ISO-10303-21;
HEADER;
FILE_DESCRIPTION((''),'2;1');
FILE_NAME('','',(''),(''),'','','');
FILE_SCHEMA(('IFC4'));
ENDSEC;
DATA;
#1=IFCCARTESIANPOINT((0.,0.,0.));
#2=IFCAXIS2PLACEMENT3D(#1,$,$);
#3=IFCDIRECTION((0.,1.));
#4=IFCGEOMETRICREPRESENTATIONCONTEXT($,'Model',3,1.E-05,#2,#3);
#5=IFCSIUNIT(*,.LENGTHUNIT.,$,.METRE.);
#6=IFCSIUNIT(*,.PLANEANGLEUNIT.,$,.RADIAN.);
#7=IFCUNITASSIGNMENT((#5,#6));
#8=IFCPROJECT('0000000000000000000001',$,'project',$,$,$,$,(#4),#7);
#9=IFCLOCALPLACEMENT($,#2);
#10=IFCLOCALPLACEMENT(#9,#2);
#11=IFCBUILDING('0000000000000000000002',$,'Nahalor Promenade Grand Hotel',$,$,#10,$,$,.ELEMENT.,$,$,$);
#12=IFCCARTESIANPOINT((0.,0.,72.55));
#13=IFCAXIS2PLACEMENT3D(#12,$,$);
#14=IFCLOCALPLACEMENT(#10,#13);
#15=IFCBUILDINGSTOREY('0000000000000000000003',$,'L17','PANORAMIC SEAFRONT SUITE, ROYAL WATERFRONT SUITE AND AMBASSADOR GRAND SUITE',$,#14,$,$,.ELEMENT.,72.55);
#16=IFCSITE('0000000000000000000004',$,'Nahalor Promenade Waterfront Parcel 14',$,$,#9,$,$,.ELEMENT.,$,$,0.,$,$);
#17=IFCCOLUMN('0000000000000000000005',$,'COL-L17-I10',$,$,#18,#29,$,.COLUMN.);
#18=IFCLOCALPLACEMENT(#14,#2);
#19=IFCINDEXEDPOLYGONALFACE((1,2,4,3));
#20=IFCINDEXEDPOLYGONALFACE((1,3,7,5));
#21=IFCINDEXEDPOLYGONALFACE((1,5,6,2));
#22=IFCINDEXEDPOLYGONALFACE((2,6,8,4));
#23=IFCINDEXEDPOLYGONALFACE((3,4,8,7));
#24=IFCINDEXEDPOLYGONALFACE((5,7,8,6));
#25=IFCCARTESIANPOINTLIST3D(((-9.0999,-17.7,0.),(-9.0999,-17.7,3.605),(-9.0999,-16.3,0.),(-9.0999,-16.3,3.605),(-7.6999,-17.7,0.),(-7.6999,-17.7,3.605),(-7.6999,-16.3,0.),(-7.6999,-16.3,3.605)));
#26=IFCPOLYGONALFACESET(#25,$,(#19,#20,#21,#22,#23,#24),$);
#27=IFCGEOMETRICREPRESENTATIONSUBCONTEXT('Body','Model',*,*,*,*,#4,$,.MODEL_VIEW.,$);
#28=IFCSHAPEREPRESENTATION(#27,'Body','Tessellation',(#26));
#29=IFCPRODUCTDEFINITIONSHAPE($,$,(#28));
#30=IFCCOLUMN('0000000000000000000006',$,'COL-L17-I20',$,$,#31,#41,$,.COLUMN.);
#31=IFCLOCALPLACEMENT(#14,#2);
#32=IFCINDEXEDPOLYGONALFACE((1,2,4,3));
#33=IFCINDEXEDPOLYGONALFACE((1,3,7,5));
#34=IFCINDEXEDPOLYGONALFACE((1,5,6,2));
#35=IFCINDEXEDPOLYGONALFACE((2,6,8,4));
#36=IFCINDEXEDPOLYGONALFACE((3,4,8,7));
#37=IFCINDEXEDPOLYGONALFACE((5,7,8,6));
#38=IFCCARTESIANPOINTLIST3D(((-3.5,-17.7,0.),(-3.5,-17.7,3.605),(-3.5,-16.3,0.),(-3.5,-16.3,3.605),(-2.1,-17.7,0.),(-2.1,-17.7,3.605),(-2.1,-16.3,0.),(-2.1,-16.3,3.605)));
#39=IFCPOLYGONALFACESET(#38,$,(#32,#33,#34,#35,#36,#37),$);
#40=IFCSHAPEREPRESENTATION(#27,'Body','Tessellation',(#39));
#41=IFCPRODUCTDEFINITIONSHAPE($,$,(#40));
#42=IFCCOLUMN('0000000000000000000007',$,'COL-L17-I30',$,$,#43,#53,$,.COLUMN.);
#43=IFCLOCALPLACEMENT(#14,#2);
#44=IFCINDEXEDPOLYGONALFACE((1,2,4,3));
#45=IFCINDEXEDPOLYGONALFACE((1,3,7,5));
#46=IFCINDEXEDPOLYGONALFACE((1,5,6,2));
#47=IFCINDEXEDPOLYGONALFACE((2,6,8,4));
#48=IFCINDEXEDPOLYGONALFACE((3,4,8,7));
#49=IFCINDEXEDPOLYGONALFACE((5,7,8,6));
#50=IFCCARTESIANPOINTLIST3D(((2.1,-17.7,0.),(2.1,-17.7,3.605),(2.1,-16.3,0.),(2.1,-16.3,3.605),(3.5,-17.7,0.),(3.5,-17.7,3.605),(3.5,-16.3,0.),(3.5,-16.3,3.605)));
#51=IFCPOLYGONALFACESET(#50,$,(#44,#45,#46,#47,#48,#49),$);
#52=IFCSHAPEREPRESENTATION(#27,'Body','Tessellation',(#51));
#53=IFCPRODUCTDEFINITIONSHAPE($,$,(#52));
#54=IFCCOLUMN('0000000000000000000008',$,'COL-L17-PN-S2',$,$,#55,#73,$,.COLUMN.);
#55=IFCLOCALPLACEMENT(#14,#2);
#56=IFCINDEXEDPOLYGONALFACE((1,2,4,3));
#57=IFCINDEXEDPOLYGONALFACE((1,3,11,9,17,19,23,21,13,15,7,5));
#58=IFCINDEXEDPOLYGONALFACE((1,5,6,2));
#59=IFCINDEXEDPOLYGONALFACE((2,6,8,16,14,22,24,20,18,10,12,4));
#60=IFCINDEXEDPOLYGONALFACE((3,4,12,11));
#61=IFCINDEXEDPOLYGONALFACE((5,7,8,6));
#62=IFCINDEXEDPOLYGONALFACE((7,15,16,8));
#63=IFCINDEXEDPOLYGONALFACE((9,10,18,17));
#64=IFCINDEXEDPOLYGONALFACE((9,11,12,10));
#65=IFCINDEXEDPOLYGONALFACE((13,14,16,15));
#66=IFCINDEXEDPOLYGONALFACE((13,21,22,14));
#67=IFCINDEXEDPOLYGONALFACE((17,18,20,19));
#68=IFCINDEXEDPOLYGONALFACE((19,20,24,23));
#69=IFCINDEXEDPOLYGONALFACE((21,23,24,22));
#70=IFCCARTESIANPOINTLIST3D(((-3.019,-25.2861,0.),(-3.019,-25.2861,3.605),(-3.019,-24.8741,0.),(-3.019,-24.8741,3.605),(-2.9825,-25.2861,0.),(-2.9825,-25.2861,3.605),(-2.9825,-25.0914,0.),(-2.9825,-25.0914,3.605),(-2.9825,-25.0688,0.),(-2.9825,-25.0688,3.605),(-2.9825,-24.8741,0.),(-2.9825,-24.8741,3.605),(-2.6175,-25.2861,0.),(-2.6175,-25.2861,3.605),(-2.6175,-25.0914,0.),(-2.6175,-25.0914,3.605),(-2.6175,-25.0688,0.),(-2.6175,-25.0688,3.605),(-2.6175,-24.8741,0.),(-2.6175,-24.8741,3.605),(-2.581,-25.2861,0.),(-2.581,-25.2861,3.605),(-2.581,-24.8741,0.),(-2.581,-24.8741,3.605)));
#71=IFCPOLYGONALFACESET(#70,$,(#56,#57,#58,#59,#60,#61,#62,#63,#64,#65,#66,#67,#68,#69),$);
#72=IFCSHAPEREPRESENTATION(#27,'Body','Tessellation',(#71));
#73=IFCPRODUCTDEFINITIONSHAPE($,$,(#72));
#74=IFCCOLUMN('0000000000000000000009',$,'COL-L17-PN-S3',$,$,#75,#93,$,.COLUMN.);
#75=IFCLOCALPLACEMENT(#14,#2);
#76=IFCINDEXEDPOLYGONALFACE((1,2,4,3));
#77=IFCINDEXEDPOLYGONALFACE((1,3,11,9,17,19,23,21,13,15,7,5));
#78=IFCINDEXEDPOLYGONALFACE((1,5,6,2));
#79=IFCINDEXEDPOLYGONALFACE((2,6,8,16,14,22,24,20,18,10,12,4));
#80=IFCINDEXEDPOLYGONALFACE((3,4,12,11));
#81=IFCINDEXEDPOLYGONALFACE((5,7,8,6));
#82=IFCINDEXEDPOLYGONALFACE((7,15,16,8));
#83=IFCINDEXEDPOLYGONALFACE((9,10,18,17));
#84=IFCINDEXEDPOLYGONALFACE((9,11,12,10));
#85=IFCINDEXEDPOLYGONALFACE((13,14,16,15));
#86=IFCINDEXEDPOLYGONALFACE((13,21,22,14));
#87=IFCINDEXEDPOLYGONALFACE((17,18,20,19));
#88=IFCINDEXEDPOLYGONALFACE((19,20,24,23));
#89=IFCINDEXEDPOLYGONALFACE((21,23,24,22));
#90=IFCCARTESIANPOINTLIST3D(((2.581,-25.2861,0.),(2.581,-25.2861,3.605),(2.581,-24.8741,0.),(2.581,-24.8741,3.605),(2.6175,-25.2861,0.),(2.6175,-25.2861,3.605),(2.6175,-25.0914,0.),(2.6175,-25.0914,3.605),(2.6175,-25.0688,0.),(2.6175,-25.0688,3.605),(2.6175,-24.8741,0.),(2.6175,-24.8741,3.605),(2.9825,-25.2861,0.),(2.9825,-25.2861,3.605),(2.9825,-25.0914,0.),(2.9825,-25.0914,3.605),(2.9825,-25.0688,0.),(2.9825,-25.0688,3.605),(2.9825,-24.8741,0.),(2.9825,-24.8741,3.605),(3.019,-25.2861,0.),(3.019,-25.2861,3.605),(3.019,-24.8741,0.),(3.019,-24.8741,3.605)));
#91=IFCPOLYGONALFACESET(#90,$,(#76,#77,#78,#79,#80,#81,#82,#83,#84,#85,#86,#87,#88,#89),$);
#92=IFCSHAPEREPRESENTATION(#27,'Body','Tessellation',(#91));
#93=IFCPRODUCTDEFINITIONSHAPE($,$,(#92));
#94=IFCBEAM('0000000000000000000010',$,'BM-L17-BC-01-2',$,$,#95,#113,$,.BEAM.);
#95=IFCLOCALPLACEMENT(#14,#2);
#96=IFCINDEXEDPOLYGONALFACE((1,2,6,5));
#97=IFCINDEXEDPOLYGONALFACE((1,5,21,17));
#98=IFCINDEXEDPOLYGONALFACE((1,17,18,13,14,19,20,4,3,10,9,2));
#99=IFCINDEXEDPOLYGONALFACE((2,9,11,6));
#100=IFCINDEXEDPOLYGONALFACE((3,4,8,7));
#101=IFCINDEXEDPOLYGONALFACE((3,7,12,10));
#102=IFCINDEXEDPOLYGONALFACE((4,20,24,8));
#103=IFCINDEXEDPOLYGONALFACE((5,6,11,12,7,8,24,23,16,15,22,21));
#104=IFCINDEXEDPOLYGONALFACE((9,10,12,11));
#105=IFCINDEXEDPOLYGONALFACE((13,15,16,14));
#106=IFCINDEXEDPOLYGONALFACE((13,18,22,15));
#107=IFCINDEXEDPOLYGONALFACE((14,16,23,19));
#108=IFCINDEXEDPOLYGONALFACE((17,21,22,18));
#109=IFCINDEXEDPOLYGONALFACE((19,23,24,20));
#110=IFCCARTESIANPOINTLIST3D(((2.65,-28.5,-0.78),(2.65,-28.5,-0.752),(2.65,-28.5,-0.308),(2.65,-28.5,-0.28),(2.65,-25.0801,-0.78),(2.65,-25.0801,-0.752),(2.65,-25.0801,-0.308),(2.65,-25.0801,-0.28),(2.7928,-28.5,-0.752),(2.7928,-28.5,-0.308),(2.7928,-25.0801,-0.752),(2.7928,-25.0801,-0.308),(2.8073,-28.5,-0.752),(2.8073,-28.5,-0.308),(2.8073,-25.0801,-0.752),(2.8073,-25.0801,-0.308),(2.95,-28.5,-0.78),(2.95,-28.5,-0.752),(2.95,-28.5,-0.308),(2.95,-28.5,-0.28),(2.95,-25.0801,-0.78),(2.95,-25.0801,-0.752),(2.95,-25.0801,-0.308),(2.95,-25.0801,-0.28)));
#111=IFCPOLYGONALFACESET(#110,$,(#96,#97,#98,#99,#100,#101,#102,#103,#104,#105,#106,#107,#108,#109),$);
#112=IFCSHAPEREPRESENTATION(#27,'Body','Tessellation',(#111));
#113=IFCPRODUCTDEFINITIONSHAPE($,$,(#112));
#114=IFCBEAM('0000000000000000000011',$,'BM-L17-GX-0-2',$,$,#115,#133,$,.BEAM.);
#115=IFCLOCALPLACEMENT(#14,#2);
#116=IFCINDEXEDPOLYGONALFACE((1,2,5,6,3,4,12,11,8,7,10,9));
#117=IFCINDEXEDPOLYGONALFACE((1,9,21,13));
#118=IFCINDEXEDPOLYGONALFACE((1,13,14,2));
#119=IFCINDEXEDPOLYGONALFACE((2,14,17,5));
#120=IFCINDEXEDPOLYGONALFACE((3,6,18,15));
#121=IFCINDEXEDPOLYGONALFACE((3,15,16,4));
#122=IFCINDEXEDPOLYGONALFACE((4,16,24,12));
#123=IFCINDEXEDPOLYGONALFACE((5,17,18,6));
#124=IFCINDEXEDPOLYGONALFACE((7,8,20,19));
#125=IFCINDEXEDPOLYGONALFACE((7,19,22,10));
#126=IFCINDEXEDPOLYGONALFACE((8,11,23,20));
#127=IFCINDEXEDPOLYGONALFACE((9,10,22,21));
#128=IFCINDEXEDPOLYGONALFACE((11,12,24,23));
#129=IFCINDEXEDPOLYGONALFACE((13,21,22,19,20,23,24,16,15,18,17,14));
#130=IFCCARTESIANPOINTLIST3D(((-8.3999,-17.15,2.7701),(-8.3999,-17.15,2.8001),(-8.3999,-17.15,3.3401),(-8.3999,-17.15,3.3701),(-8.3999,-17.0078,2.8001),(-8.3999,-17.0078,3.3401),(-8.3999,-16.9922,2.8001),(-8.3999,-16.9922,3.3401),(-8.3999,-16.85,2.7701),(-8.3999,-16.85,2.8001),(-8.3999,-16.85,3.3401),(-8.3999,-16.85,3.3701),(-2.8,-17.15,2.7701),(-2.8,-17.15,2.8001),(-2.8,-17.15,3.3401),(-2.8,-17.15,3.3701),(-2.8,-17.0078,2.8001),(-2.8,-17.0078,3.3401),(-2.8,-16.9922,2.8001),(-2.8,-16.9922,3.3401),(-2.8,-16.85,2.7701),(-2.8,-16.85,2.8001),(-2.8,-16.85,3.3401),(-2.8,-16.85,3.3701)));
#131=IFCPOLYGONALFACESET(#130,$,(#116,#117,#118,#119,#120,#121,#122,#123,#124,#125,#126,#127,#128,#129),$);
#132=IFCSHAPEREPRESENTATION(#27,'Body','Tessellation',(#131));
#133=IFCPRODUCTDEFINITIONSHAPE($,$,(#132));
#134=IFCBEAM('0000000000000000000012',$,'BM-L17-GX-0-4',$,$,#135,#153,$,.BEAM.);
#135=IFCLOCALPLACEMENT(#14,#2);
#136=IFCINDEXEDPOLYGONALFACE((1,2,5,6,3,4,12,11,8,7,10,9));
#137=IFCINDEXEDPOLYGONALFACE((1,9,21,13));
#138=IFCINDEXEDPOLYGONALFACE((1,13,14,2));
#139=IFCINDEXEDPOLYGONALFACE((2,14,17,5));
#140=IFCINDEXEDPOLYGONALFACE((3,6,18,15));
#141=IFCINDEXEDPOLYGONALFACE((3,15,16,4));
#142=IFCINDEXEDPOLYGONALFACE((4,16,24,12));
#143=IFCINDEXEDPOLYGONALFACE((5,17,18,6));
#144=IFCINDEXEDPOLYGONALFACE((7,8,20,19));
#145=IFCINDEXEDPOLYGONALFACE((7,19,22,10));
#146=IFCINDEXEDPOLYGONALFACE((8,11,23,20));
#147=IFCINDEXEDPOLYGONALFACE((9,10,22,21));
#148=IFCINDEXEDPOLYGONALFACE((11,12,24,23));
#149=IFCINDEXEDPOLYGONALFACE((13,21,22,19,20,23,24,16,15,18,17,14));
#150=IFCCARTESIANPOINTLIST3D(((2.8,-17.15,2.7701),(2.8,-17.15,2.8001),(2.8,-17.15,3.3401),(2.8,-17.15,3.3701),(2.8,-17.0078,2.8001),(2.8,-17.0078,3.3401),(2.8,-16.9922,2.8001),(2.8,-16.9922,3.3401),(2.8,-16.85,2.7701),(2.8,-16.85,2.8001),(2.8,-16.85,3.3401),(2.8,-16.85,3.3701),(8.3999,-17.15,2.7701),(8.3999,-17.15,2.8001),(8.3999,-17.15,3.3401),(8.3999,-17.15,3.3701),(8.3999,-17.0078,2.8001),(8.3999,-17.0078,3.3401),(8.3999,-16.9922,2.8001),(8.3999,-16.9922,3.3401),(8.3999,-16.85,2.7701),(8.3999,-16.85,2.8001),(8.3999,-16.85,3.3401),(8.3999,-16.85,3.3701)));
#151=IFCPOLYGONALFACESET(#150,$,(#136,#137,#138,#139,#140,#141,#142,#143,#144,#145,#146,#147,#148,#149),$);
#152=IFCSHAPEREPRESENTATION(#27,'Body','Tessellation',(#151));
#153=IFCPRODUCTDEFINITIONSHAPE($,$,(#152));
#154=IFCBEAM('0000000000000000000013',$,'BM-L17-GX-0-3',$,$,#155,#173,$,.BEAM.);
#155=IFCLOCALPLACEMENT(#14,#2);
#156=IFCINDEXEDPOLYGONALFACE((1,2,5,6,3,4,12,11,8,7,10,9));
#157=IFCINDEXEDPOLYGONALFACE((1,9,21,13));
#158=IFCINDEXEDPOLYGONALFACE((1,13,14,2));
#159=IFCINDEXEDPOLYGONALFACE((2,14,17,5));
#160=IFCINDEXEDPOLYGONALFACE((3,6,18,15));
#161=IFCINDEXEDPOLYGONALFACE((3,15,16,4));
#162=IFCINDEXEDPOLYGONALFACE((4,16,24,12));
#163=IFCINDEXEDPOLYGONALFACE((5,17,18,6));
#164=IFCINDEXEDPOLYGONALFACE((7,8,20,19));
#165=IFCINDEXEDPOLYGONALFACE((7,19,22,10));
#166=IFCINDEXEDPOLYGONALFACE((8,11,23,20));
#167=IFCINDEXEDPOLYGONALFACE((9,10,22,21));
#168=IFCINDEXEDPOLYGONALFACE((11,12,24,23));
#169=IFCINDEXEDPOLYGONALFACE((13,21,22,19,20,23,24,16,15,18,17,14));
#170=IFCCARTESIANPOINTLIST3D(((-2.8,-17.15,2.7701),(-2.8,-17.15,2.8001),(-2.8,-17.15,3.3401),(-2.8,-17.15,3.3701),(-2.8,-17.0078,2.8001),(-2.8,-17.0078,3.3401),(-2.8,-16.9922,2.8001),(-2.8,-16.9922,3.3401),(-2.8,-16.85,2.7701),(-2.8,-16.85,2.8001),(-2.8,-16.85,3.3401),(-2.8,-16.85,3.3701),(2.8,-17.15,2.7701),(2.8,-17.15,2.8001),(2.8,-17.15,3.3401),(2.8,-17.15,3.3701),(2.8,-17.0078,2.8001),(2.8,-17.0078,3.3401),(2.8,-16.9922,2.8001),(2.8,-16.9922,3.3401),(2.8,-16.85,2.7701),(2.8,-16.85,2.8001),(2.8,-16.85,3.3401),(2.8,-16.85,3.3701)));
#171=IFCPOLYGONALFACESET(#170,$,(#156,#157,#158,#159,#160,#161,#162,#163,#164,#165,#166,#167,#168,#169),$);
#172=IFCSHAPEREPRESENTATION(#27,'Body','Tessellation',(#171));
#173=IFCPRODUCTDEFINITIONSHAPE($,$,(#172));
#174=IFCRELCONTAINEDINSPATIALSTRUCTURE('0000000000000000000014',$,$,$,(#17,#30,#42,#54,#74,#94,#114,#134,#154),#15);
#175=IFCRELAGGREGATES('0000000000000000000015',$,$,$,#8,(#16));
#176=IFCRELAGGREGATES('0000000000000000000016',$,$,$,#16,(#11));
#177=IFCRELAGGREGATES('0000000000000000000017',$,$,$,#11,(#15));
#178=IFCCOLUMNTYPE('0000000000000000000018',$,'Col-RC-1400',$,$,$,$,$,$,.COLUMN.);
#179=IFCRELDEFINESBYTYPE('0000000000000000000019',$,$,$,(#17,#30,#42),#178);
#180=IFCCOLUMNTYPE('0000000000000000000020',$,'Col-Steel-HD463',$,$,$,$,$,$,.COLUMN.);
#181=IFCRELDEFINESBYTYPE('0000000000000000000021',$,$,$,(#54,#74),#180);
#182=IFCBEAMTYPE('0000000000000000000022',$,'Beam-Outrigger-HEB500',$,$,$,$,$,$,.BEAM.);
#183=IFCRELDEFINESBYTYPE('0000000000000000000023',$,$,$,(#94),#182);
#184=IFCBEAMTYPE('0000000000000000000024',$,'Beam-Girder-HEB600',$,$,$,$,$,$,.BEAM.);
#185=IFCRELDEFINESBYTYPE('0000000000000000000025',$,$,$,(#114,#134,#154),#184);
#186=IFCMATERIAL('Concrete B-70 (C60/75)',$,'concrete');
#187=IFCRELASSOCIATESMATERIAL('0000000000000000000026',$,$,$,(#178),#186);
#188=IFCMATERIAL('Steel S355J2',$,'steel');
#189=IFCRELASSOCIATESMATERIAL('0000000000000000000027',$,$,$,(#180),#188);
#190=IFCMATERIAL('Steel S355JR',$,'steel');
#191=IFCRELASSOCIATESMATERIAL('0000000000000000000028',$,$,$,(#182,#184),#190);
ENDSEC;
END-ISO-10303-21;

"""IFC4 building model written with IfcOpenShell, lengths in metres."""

from ifc_helpers import new_model, si_unit, direction, frame, origin, origin_2d, place, context, subcontext, project, spatial, rectangle, i_section, extrude, source, transform, mapped, material, material_profile, profile_set, type_object, element, save


model = new_model("IFC4")

# Units and contexts
model_context = context("Model", 3, precision=1e-05, world=origin(), true_north=direction((0.0, 1.0)))
body_context = subcontext(model_context, "Body", "Model", "MODEL_VIEW")
ifc_project = project(units=[si_unit("LENGTHUNIT", "METRE"), si_unit("PLANEANGLEUNIT", "RADIAN")], contexts=[model_context])

# Site, building, storey
site_placement = place(None, origin())
site = spatial("IfcSite", under=ifc_project, at=site_placement, Name="Nahalor Promenade Waterfront Parcel 14", CompositionType="ELEMENT", RefElevation=0.0)
building_placement = place(site_placement, origin())
building = spatial("IfcBuilding", under=site, at=building_placement, Name="Nahalor Promenade Grand Hotel", CompositionType="ELEMENT")
storey_placement = place(building_placement, frame((0.0, 0.0, 72.55)))
storey = spatial("IfcBuildingStorey", under=building, at=storey_placement, Name="L17", Description="PANORAMIC SEAFRONT SUITE, ROYAL WATERFRONT SUITE AND AMBASSADOR GRAND SUITE", CompositionType="ELEMENT", Elevation=72.55)

# Columns
ifc_material_1 = material(Name="Concrete B-70 (C60/75)", Category="concrete")
ifc_material_profile_1 = material_profile(ifc_material_1, rectangle(XDim=1.4, YDim=1.4, at=origin_2d()), Name="RC 1400x1400")
ifc_profile_set_1 = profile_set([ifc_material_profile_1], Name="Concrete B-70 (C60/75)")
column_type_1 = type_object("IfcColumnType", Name="Col-RC-1400", PredefinedType="COLUMN", material=ifc_profile_set_1)
shared_shape_1 = source(origin(), body_context, "Body", "SweptSolid", [
    extrude(rectangle(XDim=1.4, YDim=1.4, at=origin_2d()), origin(), (0.0, 0.0, 1.0), 3.605),
])
for number, where, z_axis, x_axis, name in (
    (1, (-8.3999, -17.0, 0.0), (0.0, 0.0, 1.0), (1.0, 0.0, 0.0), "COL-L17-I10"),
    (2, (-2.8, -17.0, 0.0), (0.0, 0.0, 1.0), (1.0, 0.0, 0.0), "COL-L17-I20"),
    (3, (2.8, -17.0, 0.0), (0.0, 0.0, 1.0), (1.0, 0.0, 0.0), "COL-L17-I30"),
):
    element("IfcColumn", number, at=place(storey_placement, frame(where, z_axis=z_axis, x_axis=x_axis)), inside=storey, type_object=column_type_1, Name=name, PredefinedType="COLUMN", context=body_context, shape_type="MappedRepresentation", body=[
        mapped(shared_shape_1, transform((0.0, 0.0, 0.0), scale=1.0)),
    ])
ifc_material_2 = material(Name="Steel S355J2", Category="steel")
ifc_material_profile_2 = material_profile(ifc_material_2, i_section(OverallWidth=0.412, OverallDepth=0.438, WebThickness=0.0226, FlangeThickness=0.0365, at=origin_2d()), Name="HD 400x463")
ifc_profile_set_2 = profile_set([ifc_material_profile_2], Name="Steel S355J2")
column_type_2 = type_object("IfcColumnType", Name="Col-Steel-HD463", PredefinedType="COLUMN", material=ifc_profile_set_2)
shared_shape_2 = source(origin(), body_context, "Body", "SweptSolid", [
    extrude(i_section(OverallWidth=0.412, OverallDepth=0.438, WebThickness=0.0226, FlangeThickness=0.0365, at=origin_2d()), origin(), (0.0, 0.0, 1.0), 3.605),
])
for number, where, z_axis, x_axis, name in (
    (4, (-2.8, -25.0801, 0.0), (0.0, 0.0, 1.0), (0.0, 1.0, 0.0), "COL-L17-PN-S2"),
    (5, (2.8, -25.0801, 0.0), (0.0, 0.0, 1.0), (0.0, 1.0, 0.0), "COL-L17-PN-S3"),
):
    element("IfcColumn", number, at=place(storey_placement, frame(where, z_axis=z_axis, x_axis=x_axis)), inside=storey, type_object=column_type_2, Name=name, PredefinedType="COLUMN", context=body_context, shape_type="MappedRepresentation", body=[
        mapped(shared_shape_2, transform((0.0, 0.0, 0.0), scale=1.0)),
    ])

# Beams
ifc_material_3 = material(Name="Steel S355JR", Category="steel")
ifc_material_profile_3 = material_profile(ifc_material_3, i_section(OverallWidth=0.3, OverallDepth=0.5, WebThickness=0.0145, FlangeThickness=0.028, at=origin_2d()), Name="HEB 500")
ifc_profile_set_3 = profile_set([ifc_material_profile_3], Name="Steel S355JR")
beam_type_1 = type_object("IfcBeamType", Name="Beam-Outrigger-HEB500", PredefinedType="BEAM", material=ifc_profile_set_3)
shared_shape_3 = source(origin(), body_context, "Body", "SweptSolid", [
    extrude(i_section(OverallWidth=0.3, OverallDepth=0.5, WebThickness=0.0145, FlangeThickness=0.028, at=origin_2d()), origin(), (0.0, 0.0, 1.0), 3.4199),
])
beam_1_placement = place(storey_placement, frame((2.8, -28.5, -0.53), z_axis=(0.0, 1.0, 0.0), x_axis=(-1.0, 0.0, 0.0)))
element("IfcBeam", 6, at=beam_1_placement, inside=storey, type_object=beam_type_1, Name="BM-L17-BC-01-2", PredefinedType="BEAM", context=body_context, shape_type="MappedRepresentation", body=[
    mapped(shared_shape_3, transform((0.0, 0.0, 0.0), scale=1.0)),
])
ifc_material_profile_4 = material_profile(ifc_material_3, i_section(OverallWidth=0.3, OverallDepth=0.6, WebThickness=0.0155, FlangeThickness=0.03, at=origin_2d()), Name="HEB 600")
ifc_profile_set_4 = profile_set([ifc_material_profile_4], Name="Steel S355JR")
beam_type_2 = type_object("IfcBeamType", Name="Beam-Girder-HEB600", PredefinedType="BEAM", material=ifc_profile_set_4)
shared_shape_4 = source(origin(), body_context, "Body", "SweptSolid", [
    extrude(i_section(OverallWidth=0.3, OverallDepth=0.6, WebThickness=0.0155, FlangeThickness=0.03, at=origin_2d()), origin(), (0.0, 0.0, 1.0), 5.5999),
])
for number, where, z_axis, x_axis, name in (
    (7, (-8.3999, -17.0, 3.0701), (1.0, 0.0, 0.0), (0.0, 1.0, 0.0), "BM-L17-GX-0-2"),
    (8, (2.8, -17.0, 3.0701), (1.0, 0.0, 0.0), (0.0, 1.0, 0.0), "BM-L17-GX-0-4"),
):
    element("IfcBeam", number, at=place(storey_placement, frame(where, z_axis=z_axis, x_axis=x_axis)), inside=storey, type_object=beam_type_2, Name=name, PredefinedType="BEAM", context=body_context, shape_type="MappedRepresentation", body=[
        mapped(shared_shape_4, transform((0.0, 0.0, 0.0), scale=1.0)),
    ])
shared_shape_5 = source(origin(), body_context, "Body", "SweptSolid", [
    extrude(i_section(OverallWidth=0.3, OverallDepth=0.6, WebThickness=0.0155, FlangeThickness=0.03, at=origin_2d()), origin(), (0.0, 0.0, 1.0), 5.6001),
])
beam_2_placement = place(storey_placement, frame((-2.8, -17.0, 3.0701), z_axis=(1.0, 0.0, 0.0), x_axis=(0.0, 1.0, 0.0)))
element("IfcBeam", 9, at=beam_2_placement, inside=storey, type_object=beam_type_2, Name="BM-L17-GX-0-3", PredefinedType="BEAM", context=body_context, shape_type="MappedRepresentation", body=[
    mapped(shared_shape_5, transform((0.0, 0.0, 0.0), scale=1.0)),
])

save(model, "model.ifc")
